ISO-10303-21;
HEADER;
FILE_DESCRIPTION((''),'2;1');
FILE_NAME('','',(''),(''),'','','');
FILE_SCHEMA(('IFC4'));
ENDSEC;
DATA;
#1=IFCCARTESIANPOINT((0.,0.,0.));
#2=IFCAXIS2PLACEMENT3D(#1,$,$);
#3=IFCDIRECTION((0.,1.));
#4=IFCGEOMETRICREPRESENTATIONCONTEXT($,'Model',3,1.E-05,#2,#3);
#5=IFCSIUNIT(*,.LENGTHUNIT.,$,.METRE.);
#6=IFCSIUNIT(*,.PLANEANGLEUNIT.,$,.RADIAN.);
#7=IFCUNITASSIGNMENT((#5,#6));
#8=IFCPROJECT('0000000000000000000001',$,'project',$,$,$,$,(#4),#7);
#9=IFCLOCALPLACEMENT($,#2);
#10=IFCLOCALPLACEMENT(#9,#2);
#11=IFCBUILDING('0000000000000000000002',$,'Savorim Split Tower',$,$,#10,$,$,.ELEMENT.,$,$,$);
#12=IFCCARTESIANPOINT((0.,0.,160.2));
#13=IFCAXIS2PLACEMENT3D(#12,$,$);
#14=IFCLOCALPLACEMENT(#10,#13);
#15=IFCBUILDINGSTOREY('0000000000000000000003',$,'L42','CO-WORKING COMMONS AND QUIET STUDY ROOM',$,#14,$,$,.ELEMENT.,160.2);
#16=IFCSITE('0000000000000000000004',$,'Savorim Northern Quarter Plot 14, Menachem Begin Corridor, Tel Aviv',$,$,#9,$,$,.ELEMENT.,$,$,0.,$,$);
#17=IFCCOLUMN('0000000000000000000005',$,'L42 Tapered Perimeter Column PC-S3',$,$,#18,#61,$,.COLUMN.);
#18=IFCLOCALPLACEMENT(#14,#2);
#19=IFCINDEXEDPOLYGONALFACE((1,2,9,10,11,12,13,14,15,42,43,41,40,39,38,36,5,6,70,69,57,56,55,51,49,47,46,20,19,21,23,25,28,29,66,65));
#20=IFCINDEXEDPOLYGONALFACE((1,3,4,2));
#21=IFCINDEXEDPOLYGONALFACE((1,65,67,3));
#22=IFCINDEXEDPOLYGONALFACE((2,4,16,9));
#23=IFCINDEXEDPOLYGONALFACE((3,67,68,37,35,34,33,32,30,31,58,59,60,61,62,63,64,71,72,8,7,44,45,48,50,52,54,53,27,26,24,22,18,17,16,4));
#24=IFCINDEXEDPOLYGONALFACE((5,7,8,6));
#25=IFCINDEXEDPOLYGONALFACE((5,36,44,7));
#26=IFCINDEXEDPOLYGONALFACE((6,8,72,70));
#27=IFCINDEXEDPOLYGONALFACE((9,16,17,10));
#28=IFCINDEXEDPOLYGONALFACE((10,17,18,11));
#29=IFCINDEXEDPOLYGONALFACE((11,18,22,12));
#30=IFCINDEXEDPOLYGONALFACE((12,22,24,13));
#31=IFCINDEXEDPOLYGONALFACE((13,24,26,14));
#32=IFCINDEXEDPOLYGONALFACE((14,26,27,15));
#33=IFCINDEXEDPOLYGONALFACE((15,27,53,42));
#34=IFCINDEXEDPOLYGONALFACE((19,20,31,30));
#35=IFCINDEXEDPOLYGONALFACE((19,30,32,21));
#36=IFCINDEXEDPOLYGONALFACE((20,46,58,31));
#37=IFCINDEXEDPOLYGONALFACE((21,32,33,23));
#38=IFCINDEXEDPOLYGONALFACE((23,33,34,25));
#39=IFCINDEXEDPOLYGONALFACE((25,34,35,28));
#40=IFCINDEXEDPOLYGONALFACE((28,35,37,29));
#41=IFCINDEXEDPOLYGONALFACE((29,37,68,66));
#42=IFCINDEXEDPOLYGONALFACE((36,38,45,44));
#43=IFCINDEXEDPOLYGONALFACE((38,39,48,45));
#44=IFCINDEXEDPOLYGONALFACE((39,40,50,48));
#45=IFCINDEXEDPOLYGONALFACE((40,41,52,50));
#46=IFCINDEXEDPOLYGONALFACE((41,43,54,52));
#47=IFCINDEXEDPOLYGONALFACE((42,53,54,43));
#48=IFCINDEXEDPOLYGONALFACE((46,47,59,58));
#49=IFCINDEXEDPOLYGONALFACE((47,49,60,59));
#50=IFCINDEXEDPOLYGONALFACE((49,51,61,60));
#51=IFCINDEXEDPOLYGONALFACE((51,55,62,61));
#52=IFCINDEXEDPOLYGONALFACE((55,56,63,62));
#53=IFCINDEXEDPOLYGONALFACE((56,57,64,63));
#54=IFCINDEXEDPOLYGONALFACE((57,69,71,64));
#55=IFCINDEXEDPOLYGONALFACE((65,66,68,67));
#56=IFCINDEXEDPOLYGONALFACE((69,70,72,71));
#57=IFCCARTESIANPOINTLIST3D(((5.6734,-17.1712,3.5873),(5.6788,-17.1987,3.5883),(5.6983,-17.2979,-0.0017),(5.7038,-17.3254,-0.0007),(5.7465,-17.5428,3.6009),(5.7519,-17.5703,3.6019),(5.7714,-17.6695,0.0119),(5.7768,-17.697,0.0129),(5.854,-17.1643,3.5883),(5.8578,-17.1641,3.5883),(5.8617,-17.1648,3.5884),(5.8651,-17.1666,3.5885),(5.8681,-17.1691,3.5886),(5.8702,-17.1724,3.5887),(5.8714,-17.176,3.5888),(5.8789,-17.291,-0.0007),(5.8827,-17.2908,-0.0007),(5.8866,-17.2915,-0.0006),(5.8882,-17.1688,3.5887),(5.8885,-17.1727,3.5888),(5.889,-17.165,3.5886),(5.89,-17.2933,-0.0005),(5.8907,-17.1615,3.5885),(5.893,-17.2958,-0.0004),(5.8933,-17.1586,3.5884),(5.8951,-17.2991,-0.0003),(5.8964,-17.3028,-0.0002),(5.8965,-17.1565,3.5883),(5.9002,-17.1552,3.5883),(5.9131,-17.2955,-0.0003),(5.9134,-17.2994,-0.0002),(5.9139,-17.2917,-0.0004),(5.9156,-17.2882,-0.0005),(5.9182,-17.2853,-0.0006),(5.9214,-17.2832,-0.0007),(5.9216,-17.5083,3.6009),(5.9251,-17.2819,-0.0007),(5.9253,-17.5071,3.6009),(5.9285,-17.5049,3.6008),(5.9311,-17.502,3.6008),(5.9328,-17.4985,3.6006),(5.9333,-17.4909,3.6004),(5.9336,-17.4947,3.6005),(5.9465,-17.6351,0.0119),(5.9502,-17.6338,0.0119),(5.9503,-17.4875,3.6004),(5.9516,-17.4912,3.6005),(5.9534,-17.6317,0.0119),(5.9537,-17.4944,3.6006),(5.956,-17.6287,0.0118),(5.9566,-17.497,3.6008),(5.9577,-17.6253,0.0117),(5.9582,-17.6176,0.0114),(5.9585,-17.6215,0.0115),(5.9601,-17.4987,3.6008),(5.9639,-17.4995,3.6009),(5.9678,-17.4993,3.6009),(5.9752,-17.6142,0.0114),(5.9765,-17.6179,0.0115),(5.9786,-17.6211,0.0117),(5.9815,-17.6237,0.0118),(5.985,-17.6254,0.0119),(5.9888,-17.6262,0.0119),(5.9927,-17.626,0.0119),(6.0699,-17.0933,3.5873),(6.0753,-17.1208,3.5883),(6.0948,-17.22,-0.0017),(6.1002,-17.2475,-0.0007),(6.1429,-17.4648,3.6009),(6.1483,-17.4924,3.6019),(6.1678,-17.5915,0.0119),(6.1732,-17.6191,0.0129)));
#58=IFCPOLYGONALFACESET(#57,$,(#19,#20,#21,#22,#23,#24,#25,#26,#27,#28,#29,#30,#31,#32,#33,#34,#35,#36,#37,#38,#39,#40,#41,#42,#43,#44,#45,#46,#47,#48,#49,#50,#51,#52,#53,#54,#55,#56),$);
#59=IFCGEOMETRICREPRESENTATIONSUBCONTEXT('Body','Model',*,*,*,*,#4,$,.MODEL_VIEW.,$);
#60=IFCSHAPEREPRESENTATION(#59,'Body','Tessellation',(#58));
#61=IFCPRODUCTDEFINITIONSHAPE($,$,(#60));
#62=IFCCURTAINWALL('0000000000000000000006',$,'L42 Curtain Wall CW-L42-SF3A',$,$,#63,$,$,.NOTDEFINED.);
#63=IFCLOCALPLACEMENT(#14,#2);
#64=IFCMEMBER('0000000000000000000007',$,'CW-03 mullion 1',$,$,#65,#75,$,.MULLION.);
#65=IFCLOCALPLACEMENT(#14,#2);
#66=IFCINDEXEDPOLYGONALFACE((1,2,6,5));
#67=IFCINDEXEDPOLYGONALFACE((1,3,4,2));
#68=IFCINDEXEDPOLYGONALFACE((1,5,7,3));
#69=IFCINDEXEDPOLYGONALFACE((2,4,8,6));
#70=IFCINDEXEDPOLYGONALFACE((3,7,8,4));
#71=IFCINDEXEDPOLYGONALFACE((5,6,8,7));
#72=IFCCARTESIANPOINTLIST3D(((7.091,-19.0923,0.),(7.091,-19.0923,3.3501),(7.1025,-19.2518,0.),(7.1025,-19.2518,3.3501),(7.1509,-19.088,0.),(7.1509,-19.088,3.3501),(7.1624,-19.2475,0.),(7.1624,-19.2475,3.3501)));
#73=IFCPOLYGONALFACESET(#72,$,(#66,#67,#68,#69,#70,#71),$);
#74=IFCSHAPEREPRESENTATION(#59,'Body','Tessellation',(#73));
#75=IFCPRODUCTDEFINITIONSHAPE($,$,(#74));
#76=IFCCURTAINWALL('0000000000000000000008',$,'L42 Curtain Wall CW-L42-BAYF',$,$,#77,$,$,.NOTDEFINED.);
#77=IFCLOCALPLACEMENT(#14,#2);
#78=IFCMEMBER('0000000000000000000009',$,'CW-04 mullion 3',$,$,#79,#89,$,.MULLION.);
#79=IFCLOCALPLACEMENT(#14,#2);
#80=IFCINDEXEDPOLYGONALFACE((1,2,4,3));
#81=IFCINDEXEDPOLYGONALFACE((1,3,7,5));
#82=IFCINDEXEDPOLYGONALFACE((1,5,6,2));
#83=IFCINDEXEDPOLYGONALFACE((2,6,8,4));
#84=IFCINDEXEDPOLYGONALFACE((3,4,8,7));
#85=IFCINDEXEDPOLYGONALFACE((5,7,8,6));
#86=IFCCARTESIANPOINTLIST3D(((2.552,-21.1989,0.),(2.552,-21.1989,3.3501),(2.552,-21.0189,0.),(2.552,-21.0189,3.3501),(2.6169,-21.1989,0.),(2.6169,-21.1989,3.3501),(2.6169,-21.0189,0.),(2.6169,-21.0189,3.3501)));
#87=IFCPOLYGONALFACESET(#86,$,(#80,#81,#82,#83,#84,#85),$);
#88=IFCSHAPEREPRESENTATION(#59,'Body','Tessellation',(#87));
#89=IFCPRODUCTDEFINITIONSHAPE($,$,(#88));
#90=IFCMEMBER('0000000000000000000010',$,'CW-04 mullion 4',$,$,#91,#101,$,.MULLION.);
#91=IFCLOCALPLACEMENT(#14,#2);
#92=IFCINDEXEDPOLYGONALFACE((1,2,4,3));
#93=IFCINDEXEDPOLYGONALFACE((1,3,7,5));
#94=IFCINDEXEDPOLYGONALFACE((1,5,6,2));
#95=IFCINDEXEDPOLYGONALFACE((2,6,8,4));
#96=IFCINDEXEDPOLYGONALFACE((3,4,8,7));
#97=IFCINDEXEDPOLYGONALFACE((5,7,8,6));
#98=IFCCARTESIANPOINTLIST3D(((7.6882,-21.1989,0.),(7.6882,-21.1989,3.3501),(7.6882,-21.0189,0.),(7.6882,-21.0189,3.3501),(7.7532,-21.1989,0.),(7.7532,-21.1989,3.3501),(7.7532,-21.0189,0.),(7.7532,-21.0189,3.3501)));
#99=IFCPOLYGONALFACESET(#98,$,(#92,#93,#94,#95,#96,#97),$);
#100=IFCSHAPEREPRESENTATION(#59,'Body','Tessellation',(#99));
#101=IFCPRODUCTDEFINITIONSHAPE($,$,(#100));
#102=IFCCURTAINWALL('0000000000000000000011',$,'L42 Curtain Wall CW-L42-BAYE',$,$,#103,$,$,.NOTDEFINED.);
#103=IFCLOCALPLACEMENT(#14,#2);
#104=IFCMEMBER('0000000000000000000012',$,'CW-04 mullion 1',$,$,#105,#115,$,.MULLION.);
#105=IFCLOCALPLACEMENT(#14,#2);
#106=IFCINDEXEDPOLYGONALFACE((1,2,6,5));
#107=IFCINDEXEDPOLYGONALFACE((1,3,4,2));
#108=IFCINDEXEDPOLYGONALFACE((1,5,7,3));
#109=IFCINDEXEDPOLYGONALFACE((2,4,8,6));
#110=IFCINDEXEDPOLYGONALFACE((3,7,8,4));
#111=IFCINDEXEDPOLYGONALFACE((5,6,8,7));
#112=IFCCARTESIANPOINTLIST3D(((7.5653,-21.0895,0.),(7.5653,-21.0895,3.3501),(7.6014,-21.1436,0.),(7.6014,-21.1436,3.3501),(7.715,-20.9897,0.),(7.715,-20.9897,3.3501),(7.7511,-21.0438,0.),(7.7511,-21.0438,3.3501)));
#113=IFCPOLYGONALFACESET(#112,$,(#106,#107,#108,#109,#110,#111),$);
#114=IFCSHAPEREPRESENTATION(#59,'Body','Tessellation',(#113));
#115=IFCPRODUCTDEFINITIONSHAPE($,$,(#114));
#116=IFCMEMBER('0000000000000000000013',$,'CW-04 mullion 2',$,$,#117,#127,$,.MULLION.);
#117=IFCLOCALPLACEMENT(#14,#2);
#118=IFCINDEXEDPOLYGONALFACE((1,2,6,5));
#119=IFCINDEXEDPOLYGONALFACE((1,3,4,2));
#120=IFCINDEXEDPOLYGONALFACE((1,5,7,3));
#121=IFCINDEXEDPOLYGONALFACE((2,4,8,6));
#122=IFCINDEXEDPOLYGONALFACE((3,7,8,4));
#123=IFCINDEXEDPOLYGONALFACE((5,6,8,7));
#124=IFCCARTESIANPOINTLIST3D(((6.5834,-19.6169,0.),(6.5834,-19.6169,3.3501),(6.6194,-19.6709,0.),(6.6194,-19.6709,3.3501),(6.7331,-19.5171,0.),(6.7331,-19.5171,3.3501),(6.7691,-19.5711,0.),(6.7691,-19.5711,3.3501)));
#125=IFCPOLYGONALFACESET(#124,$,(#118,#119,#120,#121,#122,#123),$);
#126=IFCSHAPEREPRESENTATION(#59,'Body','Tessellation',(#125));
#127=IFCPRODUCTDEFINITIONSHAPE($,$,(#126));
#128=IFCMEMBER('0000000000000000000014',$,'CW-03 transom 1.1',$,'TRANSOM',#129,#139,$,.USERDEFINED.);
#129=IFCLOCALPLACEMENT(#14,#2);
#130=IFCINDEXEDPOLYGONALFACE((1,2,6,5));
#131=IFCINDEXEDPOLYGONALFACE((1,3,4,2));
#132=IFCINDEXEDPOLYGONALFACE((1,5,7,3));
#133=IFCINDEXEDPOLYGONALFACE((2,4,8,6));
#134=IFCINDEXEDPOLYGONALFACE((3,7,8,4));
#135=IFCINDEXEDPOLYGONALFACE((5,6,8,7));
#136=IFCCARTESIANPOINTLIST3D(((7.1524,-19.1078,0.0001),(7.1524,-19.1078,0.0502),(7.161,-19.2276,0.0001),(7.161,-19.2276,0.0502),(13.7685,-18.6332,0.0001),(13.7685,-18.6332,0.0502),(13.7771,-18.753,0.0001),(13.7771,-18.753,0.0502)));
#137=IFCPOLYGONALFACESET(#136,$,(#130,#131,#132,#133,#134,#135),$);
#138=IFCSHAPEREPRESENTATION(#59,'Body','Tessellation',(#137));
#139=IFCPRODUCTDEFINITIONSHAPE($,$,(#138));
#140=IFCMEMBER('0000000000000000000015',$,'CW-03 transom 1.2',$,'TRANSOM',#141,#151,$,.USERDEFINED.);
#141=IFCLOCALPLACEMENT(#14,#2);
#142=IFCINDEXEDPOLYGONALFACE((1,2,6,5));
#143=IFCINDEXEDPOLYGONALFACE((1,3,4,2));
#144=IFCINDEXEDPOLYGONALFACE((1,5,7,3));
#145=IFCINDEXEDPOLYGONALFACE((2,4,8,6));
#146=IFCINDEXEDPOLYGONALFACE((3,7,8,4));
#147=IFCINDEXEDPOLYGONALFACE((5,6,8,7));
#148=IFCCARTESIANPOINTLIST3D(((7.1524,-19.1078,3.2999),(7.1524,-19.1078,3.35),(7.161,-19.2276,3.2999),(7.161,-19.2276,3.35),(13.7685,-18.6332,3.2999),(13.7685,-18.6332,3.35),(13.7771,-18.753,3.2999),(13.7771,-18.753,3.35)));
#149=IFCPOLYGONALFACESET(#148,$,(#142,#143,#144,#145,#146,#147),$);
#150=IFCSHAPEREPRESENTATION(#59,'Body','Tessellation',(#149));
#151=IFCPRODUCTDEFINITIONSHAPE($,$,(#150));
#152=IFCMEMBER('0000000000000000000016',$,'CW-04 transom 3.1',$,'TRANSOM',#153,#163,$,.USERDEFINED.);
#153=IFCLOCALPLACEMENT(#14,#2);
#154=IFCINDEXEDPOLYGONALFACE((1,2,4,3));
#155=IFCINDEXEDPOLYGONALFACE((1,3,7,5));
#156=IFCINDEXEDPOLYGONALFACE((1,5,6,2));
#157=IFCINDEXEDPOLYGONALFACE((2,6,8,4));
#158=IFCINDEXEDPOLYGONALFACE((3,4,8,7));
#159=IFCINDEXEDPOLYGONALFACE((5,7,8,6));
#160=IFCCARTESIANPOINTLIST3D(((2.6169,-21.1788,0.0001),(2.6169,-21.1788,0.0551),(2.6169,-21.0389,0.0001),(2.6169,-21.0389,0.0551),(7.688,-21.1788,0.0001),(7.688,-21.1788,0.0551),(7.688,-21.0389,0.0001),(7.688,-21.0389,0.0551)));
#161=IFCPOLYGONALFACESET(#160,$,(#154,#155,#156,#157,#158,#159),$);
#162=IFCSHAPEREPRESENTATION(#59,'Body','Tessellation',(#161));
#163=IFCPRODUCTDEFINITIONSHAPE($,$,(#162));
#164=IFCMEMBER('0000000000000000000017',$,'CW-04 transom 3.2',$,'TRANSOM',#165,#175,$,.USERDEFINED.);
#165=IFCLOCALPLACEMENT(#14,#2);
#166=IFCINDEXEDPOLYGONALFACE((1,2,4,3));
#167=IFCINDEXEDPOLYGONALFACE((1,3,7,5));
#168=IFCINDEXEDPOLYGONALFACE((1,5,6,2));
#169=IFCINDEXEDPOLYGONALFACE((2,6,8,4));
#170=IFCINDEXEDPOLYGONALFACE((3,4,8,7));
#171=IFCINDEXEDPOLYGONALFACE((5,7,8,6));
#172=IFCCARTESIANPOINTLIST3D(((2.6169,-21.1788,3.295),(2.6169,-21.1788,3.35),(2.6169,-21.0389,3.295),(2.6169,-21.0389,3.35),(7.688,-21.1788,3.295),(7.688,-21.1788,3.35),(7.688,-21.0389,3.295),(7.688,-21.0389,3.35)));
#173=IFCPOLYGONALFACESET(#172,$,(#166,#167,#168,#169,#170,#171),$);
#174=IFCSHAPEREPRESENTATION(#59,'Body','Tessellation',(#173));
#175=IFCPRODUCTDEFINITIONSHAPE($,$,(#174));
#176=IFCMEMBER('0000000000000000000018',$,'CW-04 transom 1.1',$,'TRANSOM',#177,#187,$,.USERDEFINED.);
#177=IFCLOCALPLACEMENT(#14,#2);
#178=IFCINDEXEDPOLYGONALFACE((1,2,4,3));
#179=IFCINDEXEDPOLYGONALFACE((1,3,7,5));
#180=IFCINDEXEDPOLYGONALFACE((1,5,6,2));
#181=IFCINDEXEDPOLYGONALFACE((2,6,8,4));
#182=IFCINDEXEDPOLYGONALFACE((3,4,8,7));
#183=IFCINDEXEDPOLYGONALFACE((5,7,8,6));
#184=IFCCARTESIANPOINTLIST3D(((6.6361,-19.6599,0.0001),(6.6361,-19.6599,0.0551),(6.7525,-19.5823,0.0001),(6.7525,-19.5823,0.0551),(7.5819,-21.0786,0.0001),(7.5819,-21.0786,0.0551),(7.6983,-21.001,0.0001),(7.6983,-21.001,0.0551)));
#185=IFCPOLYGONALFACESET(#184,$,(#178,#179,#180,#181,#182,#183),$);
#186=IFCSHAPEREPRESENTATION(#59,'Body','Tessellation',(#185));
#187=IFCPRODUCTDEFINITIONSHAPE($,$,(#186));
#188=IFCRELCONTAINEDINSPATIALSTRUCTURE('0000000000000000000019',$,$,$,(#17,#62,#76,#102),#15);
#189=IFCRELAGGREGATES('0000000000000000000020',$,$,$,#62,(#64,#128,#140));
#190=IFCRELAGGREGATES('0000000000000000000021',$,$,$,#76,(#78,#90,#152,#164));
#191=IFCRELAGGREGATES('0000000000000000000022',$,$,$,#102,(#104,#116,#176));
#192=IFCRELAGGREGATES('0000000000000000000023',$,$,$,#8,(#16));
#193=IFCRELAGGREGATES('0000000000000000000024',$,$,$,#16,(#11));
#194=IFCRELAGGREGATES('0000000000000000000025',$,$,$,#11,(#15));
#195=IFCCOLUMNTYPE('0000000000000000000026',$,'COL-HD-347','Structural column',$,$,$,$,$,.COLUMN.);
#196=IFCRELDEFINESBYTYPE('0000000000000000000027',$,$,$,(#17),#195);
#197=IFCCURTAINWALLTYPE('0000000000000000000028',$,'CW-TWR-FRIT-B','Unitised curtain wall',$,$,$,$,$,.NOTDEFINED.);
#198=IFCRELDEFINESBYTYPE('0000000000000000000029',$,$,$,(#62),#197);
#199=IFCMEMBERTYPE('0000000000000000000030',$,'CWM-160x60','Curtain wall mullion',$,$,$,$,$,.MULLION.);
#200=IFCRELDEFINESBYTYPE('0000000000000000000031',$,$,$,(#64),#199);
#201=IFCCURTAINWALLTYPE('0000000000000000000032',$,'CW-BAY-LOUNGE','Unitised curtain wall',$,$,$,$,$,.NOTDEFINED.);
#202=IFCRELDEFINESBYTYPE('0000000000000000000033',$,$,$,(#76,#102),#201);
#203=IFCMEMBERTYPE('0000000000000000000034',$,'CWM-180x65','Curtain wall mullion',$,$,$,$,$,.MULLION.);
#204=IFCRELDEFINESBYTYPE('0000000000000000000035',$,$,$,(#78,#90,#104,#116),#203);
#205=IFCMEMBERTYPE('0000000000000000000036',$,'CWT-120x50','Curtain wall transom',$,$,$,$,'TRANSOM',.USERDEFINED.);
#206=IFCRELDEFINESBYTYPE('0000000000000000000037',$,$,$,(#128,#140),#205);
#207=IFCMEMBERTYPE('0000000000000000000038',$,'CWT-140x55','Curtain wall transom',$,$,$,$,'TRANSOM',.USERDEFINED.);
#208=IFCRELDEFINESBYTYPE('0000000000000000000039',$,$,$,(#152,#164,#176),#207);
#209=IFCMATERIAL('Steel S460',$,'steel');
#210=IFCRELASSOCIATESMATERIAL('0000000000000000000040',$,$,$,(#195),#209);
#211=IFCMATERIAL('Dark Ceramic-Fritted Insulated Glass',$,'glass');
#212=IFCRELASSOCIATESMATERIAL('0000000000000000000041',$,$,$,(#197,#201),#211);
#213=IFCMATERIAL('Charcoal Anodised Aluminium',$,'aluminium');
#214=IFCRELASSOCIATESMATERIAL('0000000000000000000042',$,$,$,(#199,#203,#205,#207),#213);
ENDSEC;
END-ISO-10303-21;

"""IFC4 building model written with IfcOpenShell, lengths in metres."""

from ifc_helpers import new_model, si_unit, direction, frame, origin, origin_2d, place, context, subcontext, project, spatial, rectangle, i_section, extrude, material, material_profile, profile_set, type_object, element, aggregate, save


model = new_model("IFC4")

# Units and contexts
model_context = context("Model", 3, precision=1e-05, world=origin(), true_north=direction((0.0, 1.0)))
body_context = subcontext(model_context, "Body", "Model", "MODEL_VIEW")
ifc_project = project(units=[si_unit("LENGTHUNIT", "METRE"), si_unit("PLANEANGLEUNIT", "RADIAN")], contexts=[model_context])

# Site, building, storey
site_placement = place(None, origin())
site = spatial("IfcSite", under=ifc_project, at=site_placement, Name="Savorim Northern Quarter Plot 14, Menachem Begin Corridor, Tel Aviv", CompositionType="ELEMENT", RefElevation=0.0)
building_placement = place(site_placement, origin())
building = spatial("IfcBuilding", under=site, at=building_placement, Name="Savorim Split Tower", CompositionType="ELEMENT")
storey_placement = place(building_placement, frame((0.0, 0.0, 160.2)))
storey = spatial("IfcBuildingStorey", under=building, at=storey_placement, Name="L42", Description="CO-WORKING COMMONS AND QUIET STUDY ROOM", CompositionType="ELEMENT", Elevation=160.2)

# Column
ifc_material_1 = material(Name="Steel S460", Category="steel")
ifc_material_profile_1 = material_profile(ifc_material_1, i_section(OverallWidth=0.4041, OverallDepth=0.407, WebThickness=0.0173, FlangeThickness=0.0281, FilletRadius=0.0149, at=origin_2d()), Name="HD 400x347")
ifc_profile_set_1 = profile_set([ifc_material_profile_1], Name="Steel S460")
column_type = type_object("IfcColumnType", Name="COL-HD-347", Description="Structural column", PredefinedType="COLUMN", material=ifc_profile_set_1)
column_placement = place(storey_placement, frame((5.9358, -17.4585, 0.0056), z_axis=(-0.006934, 0.035283, 0.999353), x_axis=(-0.98123, -0.192843, 0.0)))
element("IfcColumn", 1, at=column_placement, inside=storey, type_object=column_type, Name="L42 Tapered Perimeter Column PC-S3", PredefinedType="COLUMN", context=body_context, shape_type="SweptSolid", body=[
    extrude(i_section(OverallWidth=0.4041, OverallDepth=0.407, WebThickness=0.0173, FlangeThickness=0.0281, FilletRadius=0.0149, at=origin_2d()), origin(), (0.0, 0.0, 1.0), 3.5913),
])

# Curtain wall, member
ifc_material_2 = material(Name="Dark Ceramic-Fritted Insulated Glass", Category="glass")
curtain_wall_type_1 = type_object("IfcCurtainWallType", Name="CW-TWR-FRIT-B", Description="Unitised curtain wall", PredefinedType="NOTDEFINED", material=ifc_material_2)
curtain_wall_1_placement = place(storey_placement, origin())
curtain_wall_1 = element("IfcCurtainWall", 2, at=curtain_wall_1_placement, inside=storey, type_object=curtain_wall_type_1, Name="L42 Curtain Wall CW-L42-SF3A", PredefinedType="NOTDEFINED")
ifc_material_3 = material(Name="Charcoal Anodised Aluminium", Category="aluminium")
ifc_material_profile_2 = material_profile(ifc_material_3, rectangle(XDim=0.1599, YDim=0.0601, at=origin_2d()), Name="ALU-M 160x60")
ifc_profile_set_2 = profile_set([ifc_material_profile_2], Name="Charcoal Anodised Aluminium")
member_type_1 = type_object("IfcMemberType", Name="CWM-160x60", Description="Curtain wall mullion", PredefinedType="MULLION", material=ifc_profile_set_2)
member_1_placement = place(storey_placement, frame((7.1267, -19.1699, 0.0), z_axis=(0.0, 0.0, 1.0), x_axis=(-0.071553, 0.997437, 0.0)))
member_1 = element("IfcMember", 3, at=member_1_placement, type_object=member_type_1, Name="CW-03 mullion 1", PredefinedType="MULLION", context=body_context, shape_type="SweptSolid", body=[
    extrude(rectangle(XDim=0.1599, YDim=0.0601, at=origin_2d()), origin(), (0.0, 0.0, 1.0), 3.3501),
])

# Curtain walls, members
curtain_wall_type_2 = type_object("IfcCurtainWallType", Name="CW-BAY-LOUNGE", Description="Unitised curtain wall", PredefinedType="NOTDEFINED", material=ifc_material_2)
curtain_wall_2_placement = place(storey_placement, origin())
curtain_wall_2 = element("IfcCurtainWall", 4, at=curtain_wall_2_placement, inside=storey, type_object=curtain_wall_type_2, Name="L42 Curtain Wall CW-L42-BAYF", PredefinedType="NOTDEFINED")
ifc_material_profile_3 = material_profile(ifc_material_3, rectangle(XDim=0.1799, YDim=0.0649, at=origin_2d()), Name="ALU-M 180x65")
ifc_profile_set_3 = profile_set([ifc_material_profile_3], Name="Charcoal Anodised Aluminium")
member_type_2 = type_object("IfcMemberType", Name="CWM-180x65", Description="Curtain wall mullion", PredefinedType="MULLION", material=ifc_profile_set_3)
member_2_placement = place(storey_placement, frame((2.5845, -21.1089, 0.0), z_axis=(0.0, 0.0, 1.0), x_axis=(0.0, 1.0, 0.0)))
member_2 = element("IfcMember", 5, at=member_2_placement, type_object=member_type_2, Name="CW-04 mullion 3", PredefinedType="MULLION", context=body_context, shape_type="SweptSolid", body=[
    extrude(rectangle(XDim=0.1799, YDim=0.0649, at=origin_2d()), origin(), (0.0, 0.0, 1.0), 3.3501),
])
member_3_placement = place(storey_placement, frame((7.7207, -21.1089, 0.0), z_axis=(0.0, 0.0, 1.0), x_axis=(0.0, 1.0, 0.0)))
member_3 = element("IfcMember", 6, at=member_3_placement, type_object=member_type_2, Name="CW-04 mullion 4", PredefinedType="MULLION", context=body_context, shape_type="SweptSolid", body=[
    extrude(rectangle(XDim=0.1799, YDim=0.0649, at=origin_2d()), origin(), (0.0, 0.0, 1.0), 3.3501),
])
curtain_wall_3_placement = place(storey_placement, origin())
curtain_wall_3 = element("IfcCurtainWall", 7, at=curtain_wall_3_placement, inside=storey, type_object=curtain_wall_type_2, Name="L42 Curtain Wall CW-L42-BAYE", PredefinedType="NOTDEFINED")
member_4_placement = place(storey_placement, frame((7.6582, -21.0667, 0.0), z_axis=(0.0, 0.0, 1.0), x_axis=(-0.832042, -0.554713, 0.0)))
member_4 = element("IfcMember", 8, at=member_4_placement, type_object=member_type_2, Name="CW-04 mullion 1", PredefinedType="MULLION", context=body_context, shape_type="SweptSolid", body=[
    extrude(rectangle(XDim=0.1799, YDim=0.0649, at=origin_2d()), origin(), (0.0, 0.0, 1.0), 3.3501),
])
member_5_placement = place(storey_placement, frame((6.6763, -19.594, 0.0), z_axis=(0.0, 0.0, 1.0), x_axis=(-0.832042, -0.554713, 0.0)))
member_5 = element("IfcMember", 9, at=member_5_placement, type_object=member_type_2, Name="CW-04 mullion 2", PredefinedType="MULLION", context=body_context, shape_type="SweptSolid", body=[
    extrude(rectangle(XDim=0.1799, YDim=0.0649, at=origin_2d()), origin(), (0.0, 0.0, 1.0), 3.3501),
])

# Members
ifc_material_profile_4 = material_profile(ifc_material_3, rectangle(XDim=0.1201, YDim=0.05, at=origin_2d()), Name="ALU-T 120x50")
ifc_profile_set_4 = profile_set([ifc_material_profile_4], Name="Charcoal Anodised Aluminium")
member_type_3 = type_object("IfcMemberType", Name="CWT-120x50", Description="Curtain wall transom", ElementType="TRANSOM", PredefinedType="USERDEFINED", material=ifc_profile_set_4)
member_6_placement = place(storey_placement, frame((7.1567, -19.1677, 0.0251), z_axis=(0.997437, 0.071553, 0.0), x_axis=(-0.071553, 0.997437, 0.0)))
member_6 = element("IfcMember", 10, at=member_6_placement, type_object=member_type_3, Name="CW-03 transom 1.1", ObjectType="TRANSOM", PredefinedType="USERDEFINED", context=body_context, shape_type="SweptSolid", body=[
    extrude(rectangle(XDim=0.1201, YDim=0.05, at=origin_2d()), origin(), (0.0, 0.0, 1.0), 6.6331),
])
member_7_placement = place(storey_placement, frame((7.1567, -19.1677, 3.325), z_axis=(0.997437, 0.071553, 0.0), x_axis=(-0.071553, 0.997437, 0.0)))
member_7 = element("IfcMember", 11, at=member_7_placement, type_object=member_type_3, Name="CW-03 transom 1.2", ObjectType="TRANSOM", PredefinedType="USERDEFINED", context=body_context, shape_type="SweptSolid", body=[
    extrude(rectangle(XDim=0.1201, YDim=0.05, at=origin_2d()), origin(), (0.0, 0.0, 1.0), 6.6331),
])
ifc_material_profile_5 = material_profile(ifc_material_3, rectangle(XDim=0.1399, YDim=0.0549, at=origin_2d()), Name="ALU-T 140x55")
ifc_profile_set_5 = profile_set([ifc_material_profile_5], Name="Charcoal Anodised Aluminium")
member_type_4 = type_object("IfcMemberType", Name="CWT-140x55", Description="Curtain wall transom", ElementType="TRANSOM", PredefinedType="USERDEFINED", material=ifc_profile_set_5)
member_8_placement = place(storey_placement, frame((2.6169, -21.1089, 0.0276), z_axis=(1.0, 0.0, 0.0), x_axis=(0.0, 1.0, 0.0)))
member_8 = element("IfcMember", 12, at=member_8_placement, type_object=member_type_4, Name="CW-04 transom 3.1", ObjectType="TRANSOM", PredefinedType="USERDEFINED", context=body_context, shape_type="SweptSolid", body=[
    extrude(rectangle(XDim=0.1399, YDim=0.0549, at=origin_2d()), origin(), (0.0, 0.0, 1.0), 5.071),
])
member_9_placement = place(storey_placement, frame((2.6169, -21.1089, 3.3225), z_axis=(1.0, 0.0, 0.0), x_axis=(0.0, 1.0, 0.0)))
member_9 = element("IfcMember", 13, at=member_9_placement, type_object=member_type_4, Name="CW-04 transom 3.2", ObjectType="TRANSOM", PredefinedType="USERDEFINED", context=body_context, shape_type="SweptSolid", body=[
    extrude(rectangle(XDim=0.1399, YDim=0.0549, at=origin_2d()), origin(), (0.0, 0.0, 1.0), 5.071),
])
member_10_placement = place(storey_placement, frame((7.6401, -21.0398, 0.0276), z_axis=(-0.5547, 0.83205, 0.0), x_axis=(-0.83205, -0.5547, 0.0)))
member_10 = element("IfcMember", 14, at=member_10_placement, type_object=member_type_4, Name="CW-04 transom 1.1", ObjectType="TRANSOM", PredefinedType="USERDEFINED", context=body_context, shape_type="SweptSolid", body=[
    extrude(rectangle(XDim=0.1399, YDim=0.0549, at=origin_2d()), origin(), (0.0, 0.0, 1.0), 1.7051),
])

aggregate(curtain_wall_1, [member_1, member_6, member_7])
aggregate(curtain_wall_2, [member_2, member_3, member_8, member_9])
aggregate(curtain_wall_3, [member_4, member_5, member_10])

save(model, "model.ifc")
